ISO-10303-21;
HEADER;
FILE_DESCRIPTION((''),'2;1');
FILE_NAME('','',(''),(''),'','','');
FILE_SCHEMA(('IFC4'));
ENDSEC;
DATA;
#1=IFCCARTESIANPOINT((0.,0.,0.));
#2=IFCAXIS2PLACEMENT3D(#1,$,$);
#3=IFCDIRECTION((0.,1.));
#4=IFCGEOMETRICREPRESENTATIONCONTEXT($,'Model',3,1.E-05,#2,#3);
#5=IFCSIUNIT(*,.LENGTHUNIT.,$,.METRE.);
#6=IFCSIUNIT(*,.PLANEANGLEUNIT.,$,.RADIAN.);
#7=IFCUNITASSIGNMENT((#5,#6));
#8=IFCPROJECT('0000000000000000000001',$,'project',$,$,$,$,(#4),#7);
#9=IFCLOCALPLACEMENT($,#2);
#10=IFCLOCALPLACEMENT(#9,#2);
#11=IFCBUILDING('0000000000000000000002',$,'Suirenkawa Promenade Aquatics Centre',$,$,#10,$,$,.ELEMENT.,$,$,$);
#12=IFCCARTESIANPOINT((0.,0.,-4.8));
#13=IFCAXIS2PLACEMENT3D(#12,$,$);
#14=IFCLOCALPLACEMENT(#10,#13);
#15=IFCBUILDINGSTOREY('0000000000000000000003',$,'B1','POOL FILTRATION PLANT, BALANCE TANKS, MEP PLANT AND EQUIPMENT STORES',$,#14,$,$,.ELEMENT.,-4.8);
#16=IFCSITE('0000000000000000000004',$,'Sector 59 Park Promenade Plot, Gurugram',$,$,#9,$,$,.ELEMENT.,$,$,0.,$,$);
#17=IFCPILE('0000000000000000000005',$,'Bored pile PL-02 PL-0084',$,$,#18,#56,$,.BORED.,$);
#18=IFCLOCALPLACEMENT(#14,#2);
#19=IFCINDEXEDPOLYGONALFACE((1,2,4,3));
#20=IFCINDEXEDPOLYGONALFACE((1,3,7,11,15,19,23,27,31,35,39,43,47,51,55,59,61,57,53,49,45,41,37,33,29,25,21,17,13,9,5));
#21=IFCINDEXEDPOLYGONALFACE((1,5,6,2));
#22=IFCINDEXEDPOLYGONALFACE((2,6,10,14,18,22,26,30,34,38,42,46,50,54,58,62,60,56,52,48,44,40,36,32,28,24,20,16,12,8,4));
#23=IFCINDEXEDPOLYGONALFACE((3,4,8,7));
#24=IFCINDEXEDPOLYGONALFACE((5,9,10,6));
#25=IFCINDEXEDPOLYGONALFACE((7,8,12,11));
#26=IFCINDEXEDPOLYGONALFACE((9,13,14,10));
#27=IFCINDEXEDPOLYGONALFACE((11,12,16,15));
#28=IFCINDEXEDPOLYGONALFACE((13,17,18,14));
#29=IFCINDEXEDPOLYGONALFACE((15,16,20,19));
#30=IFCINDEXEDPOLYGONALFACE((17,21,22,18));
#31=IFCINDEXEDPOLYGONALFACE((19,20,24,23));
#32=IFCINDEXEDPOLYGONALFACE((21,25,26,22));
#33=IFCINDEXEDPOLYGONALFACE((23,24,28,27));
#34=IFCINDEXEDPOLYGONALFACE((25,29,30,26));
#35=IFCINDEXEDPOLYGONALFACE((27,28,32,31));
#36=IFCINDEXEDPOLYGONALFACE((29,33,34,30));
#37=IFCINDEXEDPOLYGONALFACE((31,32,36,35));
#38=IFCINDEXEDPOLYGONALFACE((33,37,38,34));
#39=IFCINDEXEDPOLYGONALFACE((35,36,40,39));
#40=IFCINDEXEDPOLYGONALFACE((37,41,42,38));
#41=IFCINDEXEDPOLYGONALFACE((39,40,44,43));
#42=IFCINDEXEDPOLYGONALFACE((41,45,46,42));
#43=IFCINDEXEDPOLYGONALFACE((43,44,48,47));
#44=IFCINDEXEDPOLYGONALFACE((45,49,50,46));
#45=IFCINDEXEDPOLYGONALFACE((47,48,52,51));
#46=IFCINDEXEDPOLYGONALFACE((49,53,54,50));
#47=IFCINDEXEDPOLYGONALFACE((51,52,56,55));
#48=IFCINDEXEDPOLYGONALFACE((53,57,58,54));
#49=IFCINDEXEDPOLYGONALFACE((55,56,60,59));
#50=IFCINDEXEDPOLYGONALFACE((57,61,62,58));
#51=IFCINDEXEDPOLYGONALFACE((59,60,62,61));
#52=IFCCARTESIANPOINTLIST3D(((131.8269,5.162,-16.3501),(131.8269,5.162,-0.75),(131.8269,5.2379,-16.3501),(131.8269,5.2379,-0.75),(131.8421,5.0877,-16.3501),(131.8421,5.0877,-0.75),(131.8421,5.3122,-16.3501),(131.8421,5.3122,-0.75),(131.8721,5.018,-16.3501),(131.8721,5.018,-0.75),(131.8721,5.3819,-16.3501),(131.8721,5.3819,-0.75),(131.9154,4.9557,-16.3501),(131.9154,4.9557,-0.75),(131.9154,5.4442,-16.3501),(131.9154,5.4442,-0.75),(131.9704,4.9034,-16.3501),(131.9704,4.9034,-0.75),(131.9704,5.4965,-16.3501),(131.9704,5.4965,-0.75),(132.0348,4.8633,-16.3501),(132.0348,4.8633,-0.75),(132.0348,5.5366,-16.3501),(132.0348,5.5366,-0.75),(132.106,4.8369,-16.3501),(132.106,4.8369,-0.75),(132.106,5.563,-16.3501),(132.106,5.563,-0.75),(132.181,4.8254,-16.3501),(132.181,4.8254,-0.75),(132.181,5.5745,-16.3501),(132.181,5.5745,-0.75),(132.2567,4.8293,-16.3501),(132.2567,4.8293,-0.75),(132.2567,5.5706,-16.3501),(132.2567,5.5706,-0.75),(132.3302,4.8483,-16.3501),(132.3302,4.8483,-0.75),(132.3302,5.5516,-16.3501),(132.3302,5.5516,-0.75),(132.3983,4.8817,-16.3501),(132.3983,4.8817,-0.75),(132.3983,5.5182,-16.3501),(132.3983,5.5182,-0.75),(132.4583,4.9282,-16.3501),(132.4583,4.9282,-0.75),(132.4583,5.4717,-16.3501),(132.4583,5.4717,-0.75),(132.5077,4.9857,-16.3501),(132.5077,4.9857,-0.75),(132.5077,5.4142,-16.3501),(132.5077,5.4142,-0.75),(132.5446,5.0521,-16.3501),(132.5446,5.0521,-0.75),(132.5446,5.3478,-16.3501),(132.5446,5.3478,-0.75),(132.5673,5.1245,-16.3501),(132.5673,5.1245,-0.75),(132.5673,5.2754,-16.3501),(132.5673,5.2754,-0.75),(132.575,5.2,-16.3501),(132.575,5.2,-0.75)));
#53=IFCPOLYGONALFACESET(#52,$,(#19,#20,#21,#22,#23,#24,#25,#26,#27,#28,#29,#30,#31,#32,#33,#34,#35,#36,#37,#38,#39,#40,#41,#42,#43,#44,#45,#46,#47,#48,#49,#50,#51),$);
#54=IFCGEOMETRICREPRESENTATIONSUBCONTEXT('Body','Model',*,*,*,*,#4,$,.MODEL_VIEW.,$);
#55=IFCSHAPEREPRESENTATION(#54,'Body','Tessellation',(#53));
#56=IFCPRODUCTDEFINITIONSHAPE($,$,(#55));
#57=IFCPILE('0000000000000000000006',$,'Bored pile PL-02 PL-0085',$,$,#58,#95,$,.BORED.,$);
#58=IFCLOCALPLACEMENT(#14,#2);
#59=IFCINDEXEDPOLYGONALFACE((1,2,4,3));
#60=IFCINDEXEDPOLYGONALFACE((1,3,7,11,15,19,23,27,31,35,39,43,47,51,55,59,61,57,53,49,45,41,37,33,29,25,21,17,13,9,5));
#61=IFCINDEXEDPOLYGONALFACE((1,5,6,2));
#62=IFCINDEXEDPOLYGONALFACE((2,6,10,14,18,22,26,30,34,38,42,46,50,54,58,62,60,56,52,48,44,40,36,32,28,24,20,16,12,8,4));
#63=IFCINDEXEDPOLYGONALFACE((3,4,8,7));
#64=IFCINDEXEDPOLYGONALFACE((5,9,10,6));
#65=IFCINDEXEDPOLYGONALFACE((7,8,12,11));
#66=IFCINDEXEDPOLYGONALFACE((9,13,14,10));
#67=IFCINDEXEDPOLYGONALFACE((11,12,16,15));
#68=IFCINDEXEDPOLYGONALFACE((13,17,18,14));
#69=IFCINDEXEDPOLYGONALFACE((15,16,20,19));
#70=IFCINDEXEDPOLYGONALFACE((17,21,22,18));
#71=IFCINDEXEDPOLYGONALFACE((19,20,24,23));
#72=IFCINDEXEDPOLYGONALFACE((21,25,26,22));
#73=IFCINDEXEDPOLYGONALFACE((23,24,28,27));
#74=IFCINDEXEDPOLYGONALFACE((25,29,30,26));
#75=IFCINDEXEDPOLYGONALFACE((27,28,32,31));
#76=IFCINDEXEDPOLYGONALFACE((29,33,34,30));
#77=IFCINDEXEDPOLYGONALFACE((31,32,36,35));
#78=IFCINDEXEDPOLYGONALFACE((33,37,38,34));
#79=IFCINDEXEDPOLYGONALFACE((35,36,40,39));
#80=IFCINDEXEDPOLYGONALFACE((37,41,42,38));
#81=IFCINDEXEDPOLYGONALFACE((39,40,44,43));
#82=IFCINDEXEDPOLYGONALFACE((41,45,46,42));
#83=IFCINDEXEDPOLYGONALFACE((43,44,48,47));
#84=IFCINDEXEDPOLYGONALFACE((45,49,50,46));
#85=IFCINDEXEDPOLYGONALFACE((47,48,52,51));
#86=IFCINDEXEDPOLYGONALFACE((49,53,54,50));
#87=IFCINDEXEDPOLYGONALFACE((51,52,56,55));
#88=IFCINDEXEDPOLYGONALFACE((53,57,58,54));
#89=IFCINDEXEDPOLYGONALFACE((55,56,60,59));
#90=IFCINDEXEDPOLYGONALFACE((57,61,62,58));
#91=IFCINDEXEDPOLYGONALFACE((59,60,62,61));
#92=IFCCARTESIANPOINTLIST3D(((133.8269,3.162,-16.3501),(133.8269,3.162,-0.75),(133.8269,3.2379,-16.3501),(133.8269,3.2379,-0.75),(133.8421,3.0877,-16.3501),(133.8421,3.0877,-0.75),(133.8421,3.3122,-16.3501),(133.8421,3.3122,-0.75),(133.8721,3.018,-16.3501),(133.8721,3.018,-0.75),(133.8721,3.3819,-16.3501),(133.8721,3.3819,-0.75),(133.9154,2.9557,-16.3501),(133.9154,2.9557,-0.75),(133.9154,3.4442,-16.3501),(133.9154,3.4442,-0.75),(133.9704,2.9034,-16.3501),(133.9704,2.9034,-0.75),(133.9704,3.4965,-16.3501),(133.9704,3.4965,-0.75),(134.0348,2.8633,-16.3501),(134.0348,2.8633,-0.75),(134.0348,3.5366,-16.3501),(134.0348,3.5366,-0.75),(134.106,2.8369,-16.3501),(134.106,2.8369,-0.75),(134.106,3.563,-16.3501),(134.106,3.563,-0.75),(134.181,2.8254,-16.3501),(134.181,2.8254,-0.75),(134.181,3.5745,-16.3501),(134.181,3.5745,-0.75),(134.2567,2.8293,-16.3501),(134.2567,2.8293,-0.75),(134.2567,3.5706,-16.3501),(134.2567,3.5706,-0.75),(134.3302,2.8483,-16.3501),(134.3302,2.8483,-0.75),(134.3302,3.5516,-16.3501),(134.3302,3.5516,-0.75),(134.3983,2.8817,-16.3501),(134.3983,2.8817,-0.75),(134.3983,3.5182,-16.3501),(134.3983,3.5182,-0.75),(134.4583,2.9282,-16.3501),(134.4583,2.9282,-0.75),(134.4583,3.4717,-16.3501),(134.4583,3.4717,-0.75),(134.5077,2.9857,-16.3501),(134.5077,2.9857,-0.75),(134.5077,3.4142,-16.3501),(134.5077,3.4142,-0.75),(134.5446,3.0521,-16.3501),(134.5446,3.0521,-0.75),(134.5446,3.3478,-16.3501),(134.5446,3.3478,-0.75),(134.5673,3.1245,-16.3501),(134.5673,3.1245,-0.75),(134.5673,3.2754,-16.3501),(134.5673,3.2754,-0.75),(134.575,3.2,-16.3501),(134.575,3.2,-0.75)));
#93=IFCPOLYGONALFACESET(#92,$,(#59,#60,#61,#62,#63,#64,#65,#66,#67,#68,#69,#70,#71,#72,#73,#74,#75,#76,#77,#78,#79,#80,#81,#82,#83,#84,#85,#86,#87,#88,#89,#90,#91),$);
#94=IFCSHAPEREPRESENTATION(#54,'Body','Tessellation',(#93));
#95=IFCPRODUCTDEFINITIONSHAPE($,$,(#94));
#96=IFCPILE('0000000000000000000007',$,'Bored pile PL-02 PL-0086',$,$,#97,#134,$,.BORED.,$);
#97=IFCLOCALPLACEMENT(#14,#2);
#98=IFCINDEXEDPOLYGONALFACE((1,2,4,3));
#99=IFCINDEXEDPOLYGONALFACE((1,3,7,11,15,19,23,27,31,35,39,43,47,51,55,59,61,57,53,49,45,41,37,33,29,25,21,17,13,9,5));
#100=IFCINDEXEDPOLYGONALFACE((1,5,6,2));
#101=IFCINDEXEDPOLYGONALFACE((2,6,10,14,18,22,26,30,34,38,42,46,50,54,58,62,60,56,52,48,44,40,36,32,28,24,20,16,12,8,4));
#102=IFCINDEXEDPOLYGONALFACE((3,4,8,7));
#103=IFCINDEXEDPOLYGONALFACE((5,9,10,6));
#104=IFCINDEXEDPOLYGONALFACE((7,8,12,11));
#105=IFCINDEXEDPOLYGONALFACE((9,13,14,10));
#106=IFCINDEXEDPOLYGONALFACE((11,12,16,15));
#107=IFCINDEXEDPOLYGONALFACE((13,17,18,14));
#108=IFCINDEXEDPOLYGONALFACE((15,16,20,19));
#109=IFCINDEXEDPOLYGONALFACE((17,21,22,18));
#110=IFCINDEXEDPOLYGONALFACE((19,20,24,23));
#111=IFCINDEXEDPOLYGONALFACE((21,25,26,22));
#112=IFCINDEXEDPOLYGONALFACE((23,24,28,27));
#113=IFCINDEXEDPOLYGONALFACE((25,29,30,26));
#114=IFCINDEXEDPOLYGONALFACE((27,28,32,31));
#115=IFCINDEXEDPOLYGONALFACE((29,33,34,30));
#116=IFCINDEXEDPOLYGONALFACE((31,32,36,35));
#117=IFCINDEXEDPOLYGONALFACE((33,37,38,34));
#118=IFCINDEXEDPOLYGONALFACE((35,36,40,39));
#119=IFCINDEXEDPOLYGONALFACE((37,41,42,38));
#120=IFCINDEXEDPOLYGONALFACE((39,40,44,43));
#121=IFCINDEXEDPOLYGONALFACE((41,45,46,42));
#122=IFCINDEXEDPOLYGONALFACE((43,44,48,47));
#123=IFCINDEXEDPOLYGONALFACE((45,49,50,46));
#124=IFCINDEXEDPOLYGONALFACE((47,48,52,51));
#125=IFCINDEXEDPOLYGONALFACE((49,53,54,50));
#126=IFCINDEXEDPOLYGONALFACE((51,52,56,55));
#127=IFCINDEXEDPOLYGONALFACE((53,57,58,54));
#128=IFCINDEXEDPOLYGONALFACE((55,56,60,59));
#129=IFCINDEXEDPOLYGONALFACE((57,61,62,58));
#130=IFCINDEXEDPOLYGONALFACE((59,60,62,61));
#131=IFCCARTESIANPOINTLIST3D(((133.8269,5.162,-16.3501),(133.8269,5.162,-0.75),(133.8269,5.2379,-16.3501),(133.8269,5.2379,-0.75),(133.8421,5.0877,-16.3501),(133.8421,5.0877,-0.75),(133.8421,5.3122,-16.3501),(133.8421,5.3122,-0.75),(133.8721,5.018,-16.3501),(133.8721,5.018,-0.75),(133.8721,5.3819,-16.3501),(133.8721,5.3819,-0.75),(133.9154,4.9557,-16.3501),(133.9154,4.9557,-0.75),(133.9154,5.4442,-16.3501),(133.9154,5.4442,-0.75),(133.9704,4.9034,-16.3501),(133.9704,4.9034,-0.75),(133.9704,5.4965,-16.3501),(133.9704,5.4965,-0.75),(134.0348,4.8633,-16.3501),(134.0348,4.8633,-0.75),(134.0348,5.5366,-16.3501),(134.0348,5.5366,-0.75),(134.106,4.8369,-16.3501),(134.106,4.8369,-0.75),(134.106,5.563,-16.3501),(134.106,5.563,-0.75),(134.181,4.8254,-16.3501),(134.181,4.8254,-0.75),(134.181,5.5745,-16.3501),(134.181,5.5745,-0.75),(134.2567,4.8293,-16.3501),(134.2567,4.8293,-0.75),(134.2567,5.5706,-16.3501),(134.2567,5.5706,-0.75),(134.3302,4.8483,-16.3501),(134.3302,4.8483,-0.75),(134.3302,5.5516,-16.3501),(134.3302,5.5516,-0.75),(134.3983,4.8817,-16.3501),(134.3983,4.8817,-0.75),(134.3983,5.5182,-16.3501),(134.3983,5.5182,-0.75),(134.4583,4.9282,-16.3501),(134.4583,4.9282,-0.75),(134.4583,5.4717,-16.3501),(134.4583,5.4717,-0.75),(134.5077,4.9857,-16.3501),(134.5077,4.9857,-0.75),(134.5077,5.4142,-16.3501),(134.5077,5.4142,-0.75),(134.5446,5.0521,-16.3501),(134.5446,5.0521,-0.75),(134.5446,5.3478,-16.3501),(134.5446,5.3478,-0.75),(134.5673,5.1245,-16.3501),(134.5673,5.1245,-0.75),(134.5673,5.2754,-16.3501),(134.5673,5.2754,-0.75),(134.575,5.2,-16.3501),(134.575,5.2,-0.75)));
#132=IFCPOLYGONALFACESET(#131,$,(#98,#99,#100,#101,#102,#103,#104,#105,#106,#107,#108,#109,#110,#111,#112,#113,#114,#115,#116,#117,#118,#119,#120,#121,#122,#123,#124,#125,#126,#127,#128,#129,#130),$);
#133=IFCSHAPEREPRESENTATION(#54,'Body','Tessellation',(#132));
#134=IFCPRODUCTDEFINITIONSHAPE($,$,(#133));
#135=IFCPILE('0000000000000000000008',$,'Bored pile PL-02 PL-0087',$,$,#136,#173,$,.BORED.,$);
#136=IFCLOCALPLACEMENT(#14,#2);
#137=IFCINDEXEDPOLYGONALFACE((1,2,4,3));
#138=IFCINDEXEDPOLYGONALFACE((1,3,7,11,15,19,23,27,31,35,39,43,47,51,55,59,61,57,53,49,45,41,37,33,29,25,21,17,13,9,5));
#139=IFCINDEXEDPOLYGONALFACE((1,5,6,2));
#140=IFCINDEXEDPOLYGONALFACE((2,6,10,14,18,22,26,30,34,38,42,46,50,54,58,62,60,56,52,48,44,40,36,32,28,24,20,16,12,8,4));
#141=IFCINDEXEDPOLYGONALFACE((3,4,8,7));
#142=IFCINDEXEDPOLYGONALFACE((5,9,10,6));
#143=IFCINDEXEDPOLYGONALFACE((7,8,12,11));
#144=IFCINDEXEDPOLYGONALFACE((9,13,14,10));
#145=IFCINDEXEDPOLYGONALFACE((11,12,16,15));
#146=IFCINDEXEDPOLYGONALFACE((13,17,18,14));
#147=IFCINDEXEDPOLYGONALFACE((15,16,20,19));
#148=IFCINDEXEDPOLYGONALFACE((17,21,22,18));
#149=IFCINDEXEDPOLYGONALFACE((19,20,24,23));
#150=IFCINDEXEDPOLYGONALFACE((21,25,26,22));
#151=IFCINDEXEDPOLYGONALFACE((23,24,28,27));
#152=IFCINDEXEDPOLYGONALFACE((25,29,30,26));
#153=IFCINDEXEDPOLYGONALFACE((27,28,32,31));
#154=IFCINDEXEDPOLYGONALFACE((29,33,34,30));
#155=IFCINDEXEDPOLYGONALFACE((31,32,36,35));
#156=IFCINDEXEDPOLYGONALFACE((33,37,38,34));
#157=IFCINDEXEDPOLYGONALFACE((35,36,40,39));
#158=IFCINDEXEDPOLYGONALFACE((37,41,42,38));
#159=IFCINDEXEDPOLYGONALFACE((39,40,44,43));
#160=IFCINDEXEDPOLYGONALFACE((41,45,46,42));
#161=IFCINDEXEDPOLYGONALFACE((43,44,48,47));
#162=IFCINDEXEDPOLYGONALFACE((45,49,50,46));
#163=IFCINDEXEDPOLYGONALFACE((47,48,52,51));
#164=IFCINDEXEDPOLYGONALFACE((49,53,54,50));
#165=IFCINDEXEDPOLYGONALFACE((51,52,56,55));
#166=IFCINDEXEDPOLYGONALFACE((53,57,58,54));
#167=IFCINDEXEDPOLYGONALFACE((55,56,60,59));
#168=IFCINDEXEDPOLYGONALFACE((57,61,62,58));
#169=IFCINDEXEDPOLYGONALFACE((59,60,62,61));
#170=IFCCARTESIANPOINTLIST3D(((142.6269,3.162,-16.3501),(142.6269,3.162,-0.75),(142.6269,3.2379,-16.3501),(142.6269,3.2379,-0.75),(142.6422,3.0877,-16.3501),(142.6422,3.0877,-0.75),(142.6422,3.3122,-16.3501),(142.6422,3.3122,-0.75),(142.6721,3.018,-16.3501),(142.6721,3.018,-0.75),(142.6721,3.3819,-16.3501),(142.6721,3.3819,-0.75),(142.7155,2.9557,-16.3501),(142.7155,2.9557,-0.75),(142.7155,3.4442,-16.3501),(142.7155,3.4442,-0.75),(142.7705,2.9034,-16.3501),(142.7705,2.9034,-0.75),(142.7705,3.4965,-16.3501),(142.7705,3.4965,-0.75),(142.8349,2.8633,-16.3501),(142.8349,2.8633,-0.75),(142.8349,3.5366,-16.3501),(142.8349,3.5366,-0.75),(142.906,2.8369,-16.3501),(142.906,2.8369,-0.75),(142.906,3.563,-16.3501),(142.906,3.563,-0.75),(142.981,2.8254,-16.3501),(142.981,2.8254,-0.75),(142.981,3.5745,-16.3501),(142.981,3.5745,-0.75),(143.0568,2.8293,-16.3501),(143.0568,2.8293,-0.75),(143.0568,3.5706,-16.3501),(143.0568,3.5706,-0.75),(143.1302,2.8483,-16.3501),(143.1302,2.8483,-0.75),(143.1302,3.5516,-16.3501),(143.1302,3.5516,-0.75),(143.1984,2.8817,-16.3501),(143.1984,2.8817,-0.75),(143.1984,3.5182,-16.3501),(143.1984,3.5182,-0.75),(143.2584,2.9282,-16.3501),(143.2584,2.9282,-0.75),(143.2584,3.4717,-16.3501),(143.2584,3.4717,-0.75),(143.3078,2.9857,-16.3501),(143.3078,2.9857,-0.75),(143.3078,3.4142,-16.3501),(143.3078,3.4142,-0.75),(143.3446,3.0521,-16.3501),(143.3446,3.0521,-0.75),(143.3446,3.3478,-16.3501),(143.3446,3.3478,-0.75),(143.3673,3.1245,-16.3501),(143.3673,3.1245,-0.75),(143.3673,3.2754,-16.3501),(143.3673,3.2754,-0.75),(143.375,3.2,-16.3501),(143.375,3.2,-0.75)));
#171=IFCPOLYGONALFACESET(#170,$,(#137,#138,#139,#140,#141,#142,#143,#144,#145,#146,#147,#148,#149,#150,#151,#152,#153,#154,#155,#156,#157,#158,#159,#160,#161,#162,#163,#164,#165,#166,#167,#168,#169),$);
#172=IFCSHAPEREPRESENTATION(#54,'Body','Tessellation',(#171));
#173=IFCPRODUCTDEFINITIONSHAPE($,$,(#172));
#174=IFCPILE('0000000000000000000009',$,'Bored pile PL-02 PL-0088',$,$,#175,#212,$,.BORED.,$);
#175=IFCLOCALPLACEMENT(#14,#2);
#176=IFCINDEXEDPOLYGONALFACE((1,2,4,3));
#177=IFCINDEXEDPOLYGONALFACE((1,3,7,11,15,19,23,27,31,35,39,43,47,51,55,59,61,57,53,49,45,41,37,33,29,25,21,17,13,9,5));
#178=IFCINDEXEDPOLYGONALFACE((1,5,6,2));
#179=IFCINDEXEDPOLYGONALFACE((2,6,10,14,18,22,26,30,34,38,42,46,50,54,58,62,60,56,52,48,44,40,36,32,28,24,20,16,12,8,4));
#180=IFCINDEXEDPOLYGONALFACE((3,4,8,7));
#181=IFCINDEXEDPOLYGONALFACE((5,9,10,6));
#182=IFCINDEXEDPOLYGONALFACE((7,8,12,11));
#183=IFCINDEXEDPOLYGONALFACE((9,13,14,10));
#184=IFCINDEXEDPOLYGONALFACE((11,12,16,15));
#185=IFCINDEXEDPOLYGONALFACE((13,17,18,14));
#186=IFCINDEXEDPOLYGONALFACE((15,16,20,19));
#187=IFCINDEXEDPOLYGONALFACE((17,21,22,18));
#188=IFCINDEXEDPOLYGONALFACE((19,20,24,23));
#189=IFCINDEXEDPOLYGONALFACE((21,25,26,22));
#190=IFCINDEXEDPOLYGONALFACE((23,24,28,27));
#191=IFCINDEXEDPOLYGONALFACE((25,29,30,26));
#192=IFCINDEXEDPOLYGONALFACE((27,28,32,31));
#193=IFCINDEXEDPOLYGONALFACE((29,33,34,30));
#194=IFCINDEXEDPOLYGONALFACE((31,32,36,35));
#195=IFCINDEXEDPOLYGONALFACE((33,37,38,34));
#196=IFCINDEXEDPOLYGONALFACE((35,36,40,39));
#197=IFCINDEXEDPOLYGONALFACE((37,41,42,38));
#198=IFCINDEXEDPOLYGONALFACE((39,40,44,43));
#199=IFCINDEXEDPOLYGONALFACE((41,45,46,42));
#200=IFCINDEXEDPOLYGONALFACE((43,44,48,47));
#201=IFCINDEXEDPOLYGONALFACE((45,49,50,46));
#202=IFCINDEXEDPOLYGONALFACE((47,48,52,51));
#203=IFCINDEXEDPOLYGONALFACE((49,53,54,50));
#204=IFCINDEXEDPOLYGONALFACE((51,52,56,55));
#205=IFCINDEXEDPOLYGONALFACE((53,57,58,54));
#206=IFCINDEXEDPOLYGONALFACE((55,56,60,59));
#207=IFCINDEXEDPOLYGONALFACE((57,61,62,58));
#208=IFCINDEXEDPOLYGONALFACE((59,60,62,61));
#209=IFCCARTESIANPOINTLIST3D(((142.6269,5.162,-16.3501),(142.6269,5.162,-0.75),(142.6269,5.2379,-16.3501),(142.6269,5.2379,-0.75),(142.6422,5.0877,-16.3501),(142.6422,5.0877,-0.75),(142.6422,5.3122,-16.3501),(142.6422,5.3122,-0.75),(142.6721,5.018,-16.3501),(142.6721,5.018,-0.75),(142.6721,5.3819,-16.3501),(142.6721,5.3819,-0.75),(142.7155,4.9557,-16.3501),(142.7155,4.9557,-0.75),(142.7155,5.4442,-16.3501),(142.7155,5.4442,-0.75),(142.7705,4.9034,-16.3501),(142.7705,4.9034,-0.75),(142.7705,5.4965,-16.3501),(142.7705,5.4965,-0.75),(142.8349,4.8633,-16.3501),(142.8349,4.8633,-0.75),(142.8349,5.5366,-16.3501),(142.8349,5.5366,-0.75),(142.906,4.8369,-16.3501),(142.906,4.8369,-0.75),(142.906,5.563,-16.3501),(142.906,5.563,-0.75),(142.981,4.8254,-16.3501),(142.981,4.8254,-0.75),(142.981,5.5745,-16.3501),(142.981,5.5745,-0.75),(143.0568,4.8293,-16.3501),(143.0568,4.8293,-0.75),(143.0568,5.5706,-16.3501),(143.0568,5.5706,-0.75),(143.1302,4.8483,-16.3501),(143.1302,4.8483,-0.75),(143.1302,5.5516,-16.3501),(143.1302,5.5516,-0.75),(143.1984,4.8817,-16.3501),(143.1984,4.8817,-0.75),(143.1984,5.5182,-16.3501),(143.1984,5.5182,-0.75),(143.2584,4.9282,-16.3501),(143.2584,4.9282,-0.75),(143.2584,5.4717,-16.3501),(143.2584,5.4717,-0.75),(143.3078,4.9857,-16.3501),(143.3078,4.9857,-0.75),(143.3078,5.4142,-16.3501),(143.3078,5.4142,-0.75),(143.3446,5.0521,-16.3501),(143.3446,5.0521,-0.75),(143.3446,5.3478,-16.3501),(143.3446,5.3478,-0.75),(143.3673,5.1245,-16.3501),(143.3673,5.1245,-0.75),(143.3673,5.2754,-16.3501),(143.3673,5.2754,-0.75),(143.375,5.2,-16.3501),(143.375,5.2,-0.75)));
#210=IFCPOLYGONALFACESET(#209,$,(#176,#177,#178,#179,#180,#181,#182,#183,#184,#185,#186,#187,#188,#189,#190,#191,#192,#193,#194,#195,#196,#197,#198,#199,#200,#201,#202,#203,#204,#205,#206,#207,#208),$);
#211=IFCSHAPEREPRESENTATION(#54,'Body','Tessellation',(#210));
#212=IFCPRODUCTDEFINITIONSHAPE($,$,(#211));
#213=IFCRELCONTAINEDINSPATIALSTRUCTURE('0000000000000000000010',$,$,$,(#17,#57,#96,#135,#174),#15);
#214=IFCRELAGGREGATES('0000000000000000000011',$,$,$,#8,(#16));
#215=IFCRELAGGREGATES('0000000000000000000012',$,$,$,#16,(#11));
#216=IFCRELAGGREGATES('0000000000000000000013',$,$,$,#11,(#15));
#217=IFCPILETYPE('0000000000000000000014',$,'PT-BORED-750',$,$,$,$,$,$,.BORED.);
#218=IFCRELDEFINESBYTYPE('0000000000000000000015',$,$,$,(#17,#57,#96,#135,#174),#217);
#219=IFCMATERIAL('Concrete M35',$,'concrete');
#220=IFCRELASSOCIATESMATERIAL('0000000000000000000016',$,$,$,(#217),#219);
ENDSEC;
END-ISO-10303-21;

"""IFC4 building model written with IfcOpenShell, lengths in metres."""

from ifc_helpers import new_model, si_unit, direction, frame, origin, origin_2d, place, context, subcontext, project, spatial, circle, extrude, material, material_profile, profile_set, type_object, element, save


model = new_model("IFC4")

# Units and contexts
model_context = context("Model", 3, precision=1e-05, world=origin(), true_north=direction((0.0, 1.0)))
body_context = subcontext(model_context, "Body", "Model", "MODEL_VIEW")
ifc_project = project(units=[si_unit("LENGTHUNIT", "METRE"), si_unit("PLANEANGLEUNIT", "RADIAN")], contexts=[model_context])

# Site, building, storey
site_placement = place(None, origin())
site = spatial("IfcSite", under=ifc_project, at=site_placement, Name="Sector 59 Park Promenade Plot, Gurugram", CompositionType="ELEMENT", RefElevation=0.0)
building_placement = place(site_placement, origin())
building = spatial("IfcBuilding", under=site, at=building_placement, Name="Suirenkawa Promenade Aquatics Centre", CompositionType="ELEMENT")
storey_placement = place(building_placement, frame((0.0, 0.0, -4.8)))
storey = spatial("IfcBuildingStorey", under=building, at=storey_placement, Name="B1", Description="POOL FILTRATION PLANT, BALANCE TANKS, MEP PLANT AND EQUIPMENT STORES", CompositionType="ELEMENT", Elevation=-4.8)

# Shared definitions
ifc_material_1 = material(Name="Concrete M35", Category="concrete")

# Piles
ifc_material_profile_1 = material_profile(ifc_material_1, circle(Radius=0.375, at=origin_2d()), Name="PILE D750", Category="concrete")
ifc_profile_set_1 = profile_set([ifc_material_profile_1], Name="Concrete M35")
pile_type = type_object("IfcPileType", Name="PT-BORED-750", PredefinedType="BORED", material=ifc_profile_set_1)
for number, where, z_axis, x_axis, name in (
    (1, (132.2, 5.2, -0.75), (0.0, 0.0, -1.0), (1.0, 0.0, 0.0), "Bored pile PL-02 PL-0084"),
    (2, (134.2, 3.2, -0.75), (0.0, 0.0, -1.0), (1.0, 0.0, 0.0), "Bored pile PL-02 PL-0085"),
    (3, (134.2, 5.2, -0.75), (0.0, 0.0, -1.0), (1.0, 0.0, 0.0), "Bored pile PL-02 PL-0086"),
    (4, (143.0, 3.2, -0.75), (0.0, 0.0, -1.0), (1.0, 0.0, 0.0), "Bored pile PL-02 PL-0087"),
    (5, (143.0, 5.2, -0.75), (0.0, 0.0, -1.0), (1.0, 0.0, 0.0), "Bored pile PL-02 PL-0088"),
):
    element("IfcPile", number, at=place(storey_placement, frame(where, z_axis=z_axis, x_axis=x_axis)), inside=storey, type_object=pile_type, Name=name, PredefinedType="BORED", context=body_context, shape_type="SweptSolid", body=[
        extrude(circle(Radius=0.375, at=origin_2d()), origin(), (0.0, 0.0, 1.0), 15.6001),
    ])

save(model, "model.ifc")
